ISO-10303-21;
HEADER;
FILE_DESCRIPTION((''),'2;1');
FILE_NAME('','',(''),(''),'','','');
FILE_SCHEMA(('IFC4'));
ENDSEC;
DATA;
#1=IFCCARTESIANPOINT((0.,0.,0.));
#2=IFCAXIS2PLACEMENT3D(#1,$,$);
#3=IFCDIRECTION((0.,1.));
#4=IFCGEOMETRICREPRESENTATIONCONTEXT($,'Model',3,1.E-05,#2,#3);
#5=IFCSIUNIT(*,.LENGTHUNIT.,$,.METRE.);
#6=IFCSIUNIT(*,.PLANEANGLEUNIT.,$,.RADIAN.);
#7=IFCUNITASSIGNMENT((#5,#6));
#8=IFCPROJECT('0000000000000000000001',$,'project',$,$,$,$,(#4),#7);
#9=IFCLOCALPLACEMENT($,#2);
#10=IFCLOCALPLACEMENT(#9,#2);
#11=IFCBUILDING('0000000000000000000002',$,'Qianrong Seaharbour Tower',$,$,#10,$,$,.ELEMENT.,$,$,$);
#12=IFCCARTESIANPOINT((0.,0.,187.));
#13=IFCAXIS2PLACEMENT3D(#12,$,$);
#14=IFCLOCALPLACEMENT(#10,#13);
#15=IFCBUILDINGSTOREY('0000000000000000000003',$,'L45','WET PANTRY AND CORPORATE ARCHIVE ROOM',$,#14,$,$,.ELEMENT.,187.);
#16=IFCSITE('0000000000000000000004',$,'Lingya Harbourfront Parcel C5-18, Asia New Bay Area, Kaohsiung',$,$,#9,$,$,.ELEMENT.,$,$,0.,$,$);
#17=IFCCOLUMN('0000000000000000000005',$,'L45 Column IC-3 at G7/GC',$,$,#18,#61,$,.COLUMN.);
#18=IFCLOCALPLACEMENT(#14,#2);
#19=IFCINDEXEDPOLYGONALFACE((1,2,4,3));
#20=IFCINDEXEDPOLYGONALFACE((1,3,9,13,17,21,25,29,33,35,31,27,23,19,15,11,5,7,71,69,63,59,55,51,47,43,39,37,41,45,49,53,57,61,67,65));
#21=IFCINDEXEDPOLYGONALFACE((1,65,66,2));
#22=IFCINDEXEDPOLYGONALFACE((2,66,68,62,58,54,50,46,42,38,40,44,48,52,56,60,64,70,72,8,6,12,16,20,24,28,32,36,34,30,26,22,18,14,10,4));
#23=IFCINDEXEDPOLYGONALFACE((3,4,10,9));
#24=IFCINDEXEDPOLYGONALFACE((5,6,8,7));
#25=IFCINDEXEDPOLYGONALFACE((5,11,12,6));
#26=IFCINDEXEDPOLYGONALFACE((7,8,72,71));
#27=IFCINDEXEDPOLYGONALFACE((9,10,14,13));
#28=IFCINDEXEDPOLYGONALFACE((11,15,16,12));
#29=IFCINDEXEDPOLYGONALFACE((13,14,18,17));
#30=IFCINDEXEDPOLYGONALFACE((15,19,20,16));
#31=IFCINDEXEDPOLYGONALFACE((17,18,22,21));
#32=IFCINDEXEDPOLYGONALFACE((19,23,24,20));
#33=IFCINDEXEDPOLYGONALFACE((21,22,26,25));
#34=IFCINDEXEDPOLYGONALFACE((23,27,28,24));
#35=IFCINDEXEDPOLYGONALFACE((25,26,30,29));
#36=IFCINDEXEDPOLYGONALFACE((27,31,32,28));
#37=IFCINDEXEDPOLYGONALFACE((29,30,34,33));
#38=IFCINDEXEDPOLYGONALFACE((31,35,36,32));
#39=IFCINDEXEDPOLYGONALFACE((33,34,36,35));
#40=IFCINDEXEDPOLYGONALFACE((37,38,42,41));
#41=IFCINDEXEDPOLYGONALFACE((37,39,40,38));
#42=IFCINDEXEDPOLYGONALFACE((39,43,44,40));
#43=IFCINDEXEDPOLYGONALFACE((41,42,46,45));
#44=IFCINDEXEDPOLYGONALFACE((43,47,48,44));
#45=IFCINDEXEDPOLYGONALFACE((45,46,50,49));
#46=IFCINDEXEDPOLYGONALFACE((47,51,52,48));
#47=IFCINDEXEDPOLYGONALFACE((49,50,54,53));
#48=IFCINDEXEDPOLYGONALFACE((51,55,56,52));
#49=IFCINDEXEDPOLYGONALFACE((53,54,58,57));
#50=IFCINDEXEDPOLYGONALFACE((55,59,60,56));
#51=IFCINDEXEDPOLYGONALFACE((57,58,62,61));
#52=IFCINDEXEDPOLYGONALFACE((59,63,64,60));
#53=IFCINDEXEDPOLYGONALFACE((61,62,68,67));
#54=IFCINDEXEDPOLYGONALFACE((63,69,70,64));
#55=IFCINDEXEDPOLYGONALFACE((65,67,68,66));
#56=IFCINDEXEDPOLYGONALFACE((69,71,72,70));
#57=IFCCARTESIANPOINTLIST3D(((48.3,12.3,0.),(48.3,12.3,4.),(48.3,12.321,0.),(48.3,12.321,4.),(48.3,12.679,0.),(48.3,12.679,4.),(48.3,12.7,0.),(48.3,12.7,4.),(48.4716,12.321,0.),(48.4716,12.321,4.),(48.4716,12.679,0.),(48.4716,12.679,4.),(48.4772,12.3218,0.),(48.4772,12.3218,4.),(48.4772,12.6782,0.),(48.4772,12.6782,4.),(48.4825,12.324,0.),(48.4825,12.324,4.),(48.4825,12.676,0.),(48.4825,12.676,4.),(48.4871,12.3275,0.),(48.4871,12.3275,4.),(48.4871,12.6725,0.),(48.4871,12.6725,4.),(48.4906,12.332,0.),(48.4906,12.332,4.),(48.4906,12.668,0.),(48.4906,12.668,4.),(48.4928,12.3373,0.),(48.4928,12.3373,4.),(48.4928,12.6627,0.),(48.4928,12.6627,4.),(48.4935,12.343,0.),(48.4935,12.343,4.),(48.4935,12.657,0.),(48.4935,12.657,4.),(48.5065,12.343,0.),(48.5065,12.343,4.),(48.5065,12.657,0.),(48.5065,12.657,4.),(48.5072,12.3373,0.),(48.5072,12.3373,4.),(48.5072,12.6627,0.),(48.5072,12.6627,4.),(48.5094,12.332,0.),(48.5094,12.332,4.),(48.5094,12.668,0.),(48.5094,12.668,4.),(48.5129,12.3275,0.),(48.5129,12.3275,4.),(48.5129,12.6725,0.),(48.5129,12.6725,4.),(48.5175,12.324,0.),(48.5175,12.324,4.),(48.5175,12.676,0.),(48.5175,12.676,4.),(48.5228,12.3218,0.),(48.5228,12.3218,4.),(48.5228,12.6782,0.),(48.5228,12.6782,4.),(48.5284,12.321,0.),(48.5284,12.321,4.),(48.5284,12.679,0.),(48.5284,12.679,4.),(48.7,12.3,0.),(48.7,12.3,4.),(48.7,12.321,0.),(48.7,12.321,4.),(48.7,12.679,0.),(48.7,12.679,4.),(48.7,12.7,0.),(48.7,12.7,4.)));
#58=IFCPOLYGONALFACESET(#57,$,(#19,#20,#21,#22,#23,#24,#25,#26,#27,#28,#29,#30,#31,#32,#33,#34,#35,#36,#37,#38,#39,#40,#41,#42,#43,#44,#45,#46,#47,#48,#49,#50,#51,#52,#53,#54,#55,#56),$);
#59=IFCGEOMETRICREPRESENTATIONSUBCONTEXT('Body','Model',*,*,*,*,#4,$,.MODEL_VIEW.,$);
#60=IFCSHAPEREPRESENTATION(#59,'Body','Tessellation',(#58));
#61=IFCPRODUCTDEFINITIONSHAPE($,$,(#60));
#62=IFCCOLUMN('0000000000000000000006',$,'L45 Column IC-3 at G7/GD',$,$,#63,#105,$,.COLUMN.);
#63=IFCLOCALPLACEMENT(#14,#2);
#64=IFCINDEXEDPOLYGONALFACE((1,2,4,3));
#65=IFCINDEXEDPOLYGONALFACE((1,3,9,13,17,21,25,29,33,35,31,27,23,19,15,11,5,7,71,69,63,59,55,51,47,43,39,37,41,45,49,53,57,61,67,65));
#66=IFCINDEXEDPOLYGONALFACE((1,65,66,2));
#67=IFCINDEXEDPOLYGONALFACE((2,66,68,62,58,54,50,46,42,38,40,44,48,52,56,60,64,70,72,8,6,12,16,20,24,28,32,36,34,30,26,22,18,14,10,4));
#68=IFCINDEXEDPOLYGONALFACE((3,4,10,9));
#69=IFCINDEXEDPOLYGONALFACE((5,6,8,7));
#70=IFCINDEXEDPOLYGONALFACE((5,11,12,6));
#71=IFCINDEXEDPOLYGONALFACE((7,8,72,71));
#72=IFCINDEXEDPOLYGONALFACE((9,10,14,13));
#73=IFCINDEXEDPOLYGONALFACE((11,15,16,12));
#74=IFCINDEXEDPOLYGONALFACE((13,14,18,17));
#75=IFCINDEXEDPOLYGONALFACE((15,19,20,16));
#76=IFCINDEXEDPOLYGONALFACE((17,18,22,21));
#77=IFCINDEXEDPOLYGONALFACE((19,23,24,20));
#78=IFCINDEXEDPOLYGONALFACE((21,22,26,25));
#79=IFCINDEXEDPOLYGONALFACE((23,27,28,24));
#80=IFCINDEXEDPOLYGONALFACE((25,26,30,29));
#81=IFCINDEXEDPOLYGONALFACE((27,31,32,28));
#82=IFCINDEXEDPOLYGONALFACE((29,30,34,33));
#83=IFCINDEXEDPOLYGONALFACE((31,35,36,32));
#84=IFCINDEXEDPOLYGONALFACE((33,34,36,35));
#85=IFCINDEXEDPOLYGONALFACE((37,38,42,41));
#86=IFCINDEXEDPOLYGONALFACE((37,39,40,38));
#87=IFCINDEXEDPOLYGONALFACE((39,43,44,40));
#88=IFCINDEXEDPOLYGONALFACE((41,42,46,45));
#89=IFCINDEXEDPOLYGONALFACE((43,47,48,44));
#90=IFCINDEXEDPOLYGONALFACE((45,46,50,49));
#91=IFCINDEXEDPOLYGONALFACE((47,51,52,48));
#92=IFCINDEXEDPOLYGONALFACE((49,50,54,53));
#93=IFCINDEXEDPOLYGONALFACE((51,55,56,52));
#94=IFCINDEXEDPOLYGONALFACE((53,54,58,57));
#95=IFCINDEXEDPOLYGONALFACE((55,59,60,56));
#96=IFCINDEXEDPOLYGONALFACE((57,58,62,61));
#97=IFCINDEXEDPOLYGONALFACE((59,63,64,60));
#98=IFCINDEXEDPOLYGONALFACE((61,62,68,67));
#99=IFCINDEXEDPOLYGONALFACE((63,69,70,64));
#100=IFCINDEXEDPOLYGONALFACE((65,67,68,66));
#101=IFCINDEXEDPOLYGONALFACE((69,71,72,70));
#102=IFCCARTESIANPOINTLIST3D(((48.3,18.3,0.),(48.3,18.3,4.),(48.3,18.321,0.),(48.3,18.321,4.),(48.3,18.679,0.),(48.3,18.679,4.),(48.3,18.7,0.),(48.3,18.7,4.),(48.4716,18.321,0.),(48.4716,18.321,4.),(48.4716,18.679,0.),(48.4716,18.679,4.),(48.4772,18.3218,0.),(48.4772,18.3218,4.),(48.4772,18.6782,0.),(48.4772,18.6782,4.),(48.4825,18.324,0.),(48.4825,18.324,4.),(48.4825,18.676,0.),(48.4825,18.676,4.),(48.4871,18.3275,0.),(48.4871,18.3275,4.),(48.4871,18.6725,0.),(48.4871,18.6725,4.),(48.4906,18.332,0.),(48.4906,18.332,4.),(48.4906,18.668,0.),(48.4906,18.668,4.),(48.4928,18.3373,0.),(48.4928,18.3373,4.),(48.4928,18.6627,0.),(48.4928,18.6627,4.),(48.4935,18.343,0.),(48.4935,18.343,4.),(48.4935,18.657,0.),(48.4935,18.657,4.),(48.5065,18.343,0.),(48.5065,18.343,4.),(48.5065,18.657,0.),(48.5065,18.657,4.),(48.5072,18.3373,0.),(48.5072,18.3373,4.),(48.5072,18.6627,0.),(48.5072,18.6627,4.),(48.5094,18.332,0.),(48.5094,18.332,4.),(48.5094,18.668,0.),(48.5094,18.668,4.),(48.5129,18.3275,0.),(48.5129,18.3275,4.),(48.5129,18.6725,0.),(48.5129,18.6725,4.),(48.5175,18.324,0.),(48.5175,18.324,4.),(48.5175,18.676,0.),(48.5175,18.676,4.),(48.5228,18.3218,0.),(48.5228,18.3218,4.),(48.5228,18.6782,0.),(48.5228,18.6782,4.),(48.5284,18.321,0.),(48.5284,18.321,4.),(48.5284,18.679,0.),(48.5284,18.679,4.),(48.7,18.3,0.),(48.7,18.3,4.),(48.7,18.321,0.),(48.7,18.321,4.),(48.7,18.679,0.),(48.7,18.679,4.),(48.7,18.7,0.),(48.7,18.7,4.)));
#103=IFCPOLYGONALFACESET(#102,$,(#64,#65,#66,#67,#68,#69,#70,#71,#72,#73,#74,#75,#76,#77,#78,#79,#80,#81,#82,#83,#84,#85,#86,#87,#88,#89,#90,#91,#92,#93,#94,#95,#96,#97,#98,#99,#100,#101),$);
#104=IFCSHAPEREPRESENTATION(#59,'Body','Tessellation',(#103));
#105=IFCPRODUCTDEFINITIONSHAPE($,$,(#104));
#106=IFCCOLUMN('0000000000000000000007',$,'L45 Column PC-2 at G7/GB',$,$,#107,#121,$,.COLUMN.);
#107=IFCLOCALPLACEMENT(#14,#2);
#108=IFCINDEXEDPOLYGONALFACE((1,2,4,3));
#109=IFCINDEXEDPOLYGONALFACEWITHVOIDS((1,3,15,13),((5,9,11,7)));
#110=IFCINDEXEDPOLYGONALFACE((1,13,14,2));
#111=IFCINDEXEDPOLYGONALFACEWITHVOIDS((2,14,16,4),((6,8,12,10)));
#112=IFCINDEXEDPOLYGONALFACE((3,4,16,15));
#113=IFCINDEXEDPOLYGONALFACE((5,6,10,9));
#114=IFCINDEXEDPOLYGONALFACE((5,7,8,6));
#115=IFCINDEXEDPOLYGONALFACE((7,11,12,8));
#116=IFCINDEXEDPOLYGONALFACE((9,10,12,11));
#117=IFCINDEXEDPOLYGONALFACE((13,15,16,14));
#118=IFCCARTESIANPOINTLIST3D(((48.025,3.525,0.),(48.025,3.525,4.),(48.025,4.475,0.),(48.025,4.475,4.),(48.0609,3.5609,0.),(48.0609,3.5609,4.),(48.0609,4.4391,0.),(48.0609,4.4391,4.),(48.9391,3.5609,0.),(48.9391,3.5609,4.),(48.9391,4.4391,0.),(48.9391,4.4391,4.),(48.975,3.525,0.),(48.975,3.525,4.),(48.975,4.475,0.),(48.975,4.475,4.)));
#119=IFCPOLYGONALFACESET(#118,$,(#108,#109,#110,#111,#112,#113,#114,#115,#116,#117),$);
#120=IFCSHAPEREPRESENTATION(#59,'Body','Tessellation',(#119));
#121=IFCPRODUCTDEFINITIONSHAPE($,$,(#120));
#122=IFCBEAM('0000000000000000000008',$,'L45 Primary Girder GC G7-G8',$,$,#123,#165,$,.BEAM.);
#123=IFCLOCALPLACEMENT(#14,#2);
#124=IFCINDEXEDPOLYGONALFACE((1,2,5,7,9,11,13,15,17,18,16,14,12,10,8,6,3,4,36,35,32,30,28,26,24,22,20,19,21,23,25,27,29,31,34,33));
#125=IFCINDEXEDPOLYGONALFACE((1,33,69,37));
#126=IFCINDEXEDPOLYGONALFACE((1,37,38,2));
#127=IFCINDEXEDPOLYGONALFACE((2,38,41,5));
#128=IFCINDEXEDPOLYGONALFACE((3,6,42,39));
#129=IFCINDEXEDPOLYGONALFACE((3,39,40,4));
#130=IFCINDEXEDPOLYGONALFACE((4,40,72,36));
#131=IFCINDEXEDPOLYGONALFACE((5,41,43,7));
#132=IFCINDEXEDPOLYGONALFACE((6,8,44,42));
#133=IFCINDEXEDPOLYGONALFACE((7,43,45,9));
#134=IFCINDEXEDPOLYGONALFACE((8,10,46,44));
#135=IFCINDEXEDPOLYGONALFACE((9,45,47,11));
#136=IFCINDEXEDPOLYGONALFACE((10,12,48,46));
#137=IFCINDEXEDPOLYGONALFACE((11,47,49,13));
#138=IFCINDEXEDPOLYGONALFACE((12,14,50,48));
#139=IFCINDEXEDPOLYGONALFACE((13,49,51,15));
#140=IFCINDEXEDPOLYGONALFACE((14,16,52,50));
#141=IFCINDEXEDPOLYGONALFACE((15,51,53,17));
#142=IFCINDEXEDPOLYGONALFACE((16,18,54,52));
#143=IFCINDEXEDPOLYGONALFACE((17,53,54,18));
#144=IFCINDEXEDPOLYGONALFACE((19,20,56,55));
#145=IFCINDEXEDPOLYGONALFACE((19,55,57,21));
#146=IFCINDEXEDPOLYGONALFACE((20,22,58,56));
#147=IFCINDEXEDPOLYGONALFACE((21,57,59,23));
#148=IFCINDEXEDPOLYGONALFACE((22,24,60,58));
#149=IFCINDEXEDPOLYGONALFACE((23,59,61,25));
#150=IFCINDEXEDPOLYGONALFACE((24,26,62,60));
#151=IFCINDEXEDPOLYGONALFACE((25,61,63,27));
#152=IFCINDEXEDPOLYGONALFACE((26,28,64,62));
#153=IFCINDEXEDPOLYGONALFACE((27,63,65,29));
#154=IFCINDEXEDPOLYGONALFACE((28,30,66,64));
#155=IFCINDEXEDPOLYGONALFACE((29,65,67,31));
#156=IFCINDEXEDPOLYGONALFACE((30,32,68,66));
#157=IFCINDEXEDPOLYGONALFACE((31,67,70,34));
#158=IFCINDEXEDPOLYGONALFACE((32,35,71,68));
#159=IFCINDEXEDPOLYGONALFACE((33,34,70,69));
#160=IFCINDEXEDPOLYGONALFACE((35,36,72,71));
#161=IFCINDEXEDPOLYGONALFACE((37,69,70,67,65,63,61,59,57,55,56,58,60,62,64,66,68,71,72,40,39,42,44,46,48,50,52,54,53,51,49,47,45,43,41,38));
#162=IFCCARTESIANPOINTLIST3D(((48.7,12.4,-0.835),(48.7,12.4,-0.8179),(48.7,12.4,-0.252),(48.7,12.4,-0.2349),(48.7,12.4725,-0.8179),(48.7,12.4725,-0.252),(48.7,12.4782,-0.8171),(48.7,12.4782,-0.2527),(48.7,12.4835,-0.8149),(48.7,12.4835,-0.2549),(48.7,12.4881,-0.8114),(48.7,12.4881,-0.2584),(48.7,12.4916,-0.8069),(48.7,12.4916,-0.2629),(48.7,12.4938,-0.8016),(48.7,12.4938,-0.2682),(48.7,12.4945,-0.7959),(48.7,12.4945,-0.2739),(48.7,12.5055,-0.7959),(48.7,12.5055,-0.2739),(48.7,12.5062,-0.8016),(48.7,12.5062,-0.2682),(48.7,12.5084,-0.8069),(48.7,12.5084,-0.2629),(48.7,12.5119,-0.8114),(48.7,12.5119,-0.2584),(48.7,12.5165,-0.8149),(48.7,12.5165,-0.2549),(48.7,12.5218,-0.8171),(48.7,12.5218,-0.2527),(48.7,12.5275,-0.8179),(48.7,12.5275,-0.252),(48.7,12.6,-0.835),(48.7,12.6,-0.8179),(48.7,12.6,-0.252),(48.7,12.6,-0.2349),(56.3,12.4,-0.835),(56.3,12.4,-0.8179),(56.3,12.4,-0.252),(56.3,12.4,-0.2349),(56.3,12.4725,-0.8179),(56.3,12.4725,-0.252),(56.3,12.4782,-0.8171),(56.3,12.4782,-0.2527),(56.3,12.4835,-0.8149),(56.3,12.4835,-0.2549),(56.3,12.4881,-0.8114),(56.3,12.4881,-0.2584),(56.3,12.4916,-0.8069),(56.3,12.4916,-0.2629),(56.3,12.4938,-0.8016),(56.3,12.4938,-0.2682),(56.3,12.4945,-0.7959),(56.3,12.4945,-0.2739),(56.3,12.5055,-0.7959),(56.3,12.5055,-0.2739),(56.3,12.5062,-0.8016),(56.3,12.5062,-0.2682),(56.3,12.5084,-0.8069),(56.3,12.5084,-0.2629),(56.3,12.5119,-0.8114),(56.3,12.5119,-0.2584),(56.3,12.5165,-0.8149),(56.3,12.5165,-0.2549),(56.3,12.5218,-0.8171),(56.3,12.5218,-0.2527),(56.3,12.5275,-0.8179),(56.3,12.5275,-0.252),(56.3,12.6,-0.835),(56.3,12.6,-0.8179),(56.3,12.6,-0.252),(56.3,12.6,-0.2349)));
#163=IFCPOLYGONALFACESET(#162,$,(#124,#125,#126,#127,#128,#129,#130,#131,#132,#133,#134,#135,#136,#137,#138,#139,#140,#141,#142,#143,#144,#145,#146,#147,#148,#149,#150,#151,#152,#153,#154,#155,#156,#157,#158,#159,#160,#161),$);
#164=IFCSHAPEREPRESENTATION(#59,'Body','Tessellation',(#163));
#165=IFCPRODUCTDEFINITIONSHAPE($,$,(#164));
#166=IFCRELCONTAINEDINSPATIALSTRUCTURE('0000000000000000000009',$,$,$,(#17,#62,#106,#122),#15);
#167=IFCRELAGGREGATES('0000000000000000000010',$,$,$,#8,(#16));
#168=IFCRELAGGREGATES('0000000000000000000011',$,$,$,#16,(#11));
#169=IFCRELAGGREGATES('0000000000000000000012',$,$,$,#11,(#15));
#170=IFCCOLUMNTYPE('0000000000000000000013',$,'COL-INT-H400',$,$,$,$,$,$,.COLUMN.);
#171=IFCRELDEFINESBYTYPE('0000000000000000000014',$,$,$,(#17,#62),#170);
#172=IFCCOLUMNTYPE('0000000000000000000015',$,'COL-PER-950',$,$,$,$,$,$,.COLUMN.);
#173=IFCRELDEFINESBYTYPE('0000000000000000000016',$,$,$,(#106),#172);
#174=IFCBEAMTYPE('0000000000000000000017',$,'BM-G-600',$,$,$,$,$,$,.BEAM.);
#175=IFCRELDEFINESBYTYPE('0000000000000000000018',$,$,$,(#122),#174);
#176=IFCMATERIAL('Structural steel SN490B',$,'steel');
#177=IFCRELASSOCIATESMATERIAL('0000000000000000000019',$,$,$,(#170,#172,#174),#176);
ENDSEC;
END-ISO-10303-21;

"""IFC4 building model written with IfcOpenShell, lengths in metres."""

from ifc_helpers import new_model, si_unit, direction, frame, origin, origin_2d, place, context, subcontext, project, spatial, hollow_rectangle, i_section, extrude, material, material_profile, profile_set, type_object, element, save


model = new_model("IFC4")

# Units and contexts
model_context = context("Model", 3, precision=1e-05, world=origin(), true_north=direction((0.0, 1.0)))
body_context = subcontext(model_context, "Body", "Model", "MODEL_VIEW")
ifc_project = project(units=[si_unit("LENGTHUNIT", "METRE"), si_unit("PLANEANGLEUNIT", "RADIAN")], contexts=[model_context])

# Site, building, storey
site_placement = place(None, origin())
site = spatial("IfcSite", under=ifc_project, at=site_placement, Name="Lingya Harbourfront Parcel C5-18, Asia New Bay Area, Kaohsiung", CompositionType="ELEMENT", RefElevation=0.0)
building_placement = place(site_placement, origin())
building = spatial("IfcBuilding", under=site, at=building_placement, Name="Qianrong Seaharbour Tower", CompositionType="ELEMENT")
storey_placement = place(building_placement, frame((0.0, 0.0, 187.0)))
storey = spatial("IfcBuildingStorey", under=building, at=storey_placement, Name="L45", Description="WET PANTRY AND CORPORATE ARCHIVE ROOM", CompositionType="ELEMENT", Elevation=187.0)

# Columns
ifc_material_1 = material(Name="Structural steel SN490B", Category="steel")
ifc_material_profile_1 = material_profile(ifc_material_1, i_section(OverallWidth=0.3999, OverallDepth=0.3999, WebThickness=0.0129, FlangeThickness=0.021, FilletRadius=0.022, at=origin_2d()), Name="H400x400x13x21")
ifc_profile_set_1 = profile_set([ifc_material_profile_1], Name="Structural steel SN490B")
column_type_1 = type_object("IfcColumnType", Name="COL-INT-H400", PredefinedType="COLUMN", material=ifc_profile_set_1)
for number, where, z_axis, x_axis, name in (
    (1, (48.5, 12.5, 0.0), (0.0, 0.0, 1.0), (1.0, 0.0, 0.0), "L45 Column IC-3 at G7/GC"),
    (2, (48.5, 18.5, 0.0), (0.0, 0.0, 1.0), (1.0, 0.0, 0.0), "L45 Column IC-3 at G7/GD"),
):
    element("IfcColumn", number, at=place(storey_placement, frame(where, z_axis=z_axis, x_axis=x_axis)), inside=storey, type_object=column_type_1, Name=name, PredefinedType="COLUMN", context=body_context, shape_type="SweptSolid", body=[
        extrude(i_section(OverallWidth=0.3999, OverallDepth=0.3999, WebThickness=0.0129, FlangeThickness=0.021, FilletRadius=0.022, at=origin_2d()), origin(), (0.0, 0.0, 1.0), 4.0),
    ])
ifc_material_profile_2 = material_profile(ifc_material_1, hollow_rectangle(XDim=0.95, YDim=0.95, WallThickness=0.0359, at=origin_2d()), Name="BOX950x950x36")
ifc_profile_set_2 = profile_set([ifc_material_profile_2], Name="Structural steel SN490B")
column_type_2 = type_object("IfcColumnType", Name="COL-PER-950", PredefinedType="COLUMN", material=ifc_profile_set_2)
column_placement = place(storey_placement, frame((48.5, 4.0, 0.0), z_axis=(0.0, 0.0, 1.0), x_axis=(1.0, 0.0, 0.0)))
element("IfcColumn", 3, at=column_placement, inside=storey, type_object=column_type_2, Name="L45 Column PC-2 at G7/GB", PredefinedType="COLUMN", context=body_context, shape_type="SweptSolid", body=[
    extrude(hollow_rectangle(XDim=0.95, YDim=0.95, WallThickness=0.0359, at=origin_2d()), origin(), (0.0, 0.0, 1.0), 4.0),
])

# Beam
ifc_material_profile_3 = material_profile(ifc_material_1, i_section(OverallWidth=0.2, OverallDepth=0.6001, WebThickness=0.011, FlangeThickness=0.0171, FilletRadius=0.022, at=origin_2d()), Name="H600x200x11x17")
ifc_profile_set_3 = profile_set([ifc_material_profile_3], Name="Structural steel SN490B")
beam_type_1 = type_object("IfcBeamType", Name="BM-G-600", PredefinedType="BEAM", material=ifc_profile_set_3)
beam_1_placement = place(storey_placement, frame((48.7, 12.5, -0.5349), z_axis=(1.0, 0.0, 0.0), x_axis=(0.0, 1.0, 0.0)))
element("IfcBeam", 4, at=beam_1_placement, inside=storey, type_object=beam_type_1, Name="L45 Primary Girder GC G7-G8", PredefinedType="BEAM", context=body_context, shape_type="SweptSolid", body=[
    extrude(i_section(OverallWidth=0.2, OverallDepth=0.6001, WebThickness=0.011, FlangeThickness=0.0171, FilletRadius=0.022, at=origin_2d()), origin(), (0.0, 0.0, 1.0), 7.6001),
])

save(model, "model.ifc")
